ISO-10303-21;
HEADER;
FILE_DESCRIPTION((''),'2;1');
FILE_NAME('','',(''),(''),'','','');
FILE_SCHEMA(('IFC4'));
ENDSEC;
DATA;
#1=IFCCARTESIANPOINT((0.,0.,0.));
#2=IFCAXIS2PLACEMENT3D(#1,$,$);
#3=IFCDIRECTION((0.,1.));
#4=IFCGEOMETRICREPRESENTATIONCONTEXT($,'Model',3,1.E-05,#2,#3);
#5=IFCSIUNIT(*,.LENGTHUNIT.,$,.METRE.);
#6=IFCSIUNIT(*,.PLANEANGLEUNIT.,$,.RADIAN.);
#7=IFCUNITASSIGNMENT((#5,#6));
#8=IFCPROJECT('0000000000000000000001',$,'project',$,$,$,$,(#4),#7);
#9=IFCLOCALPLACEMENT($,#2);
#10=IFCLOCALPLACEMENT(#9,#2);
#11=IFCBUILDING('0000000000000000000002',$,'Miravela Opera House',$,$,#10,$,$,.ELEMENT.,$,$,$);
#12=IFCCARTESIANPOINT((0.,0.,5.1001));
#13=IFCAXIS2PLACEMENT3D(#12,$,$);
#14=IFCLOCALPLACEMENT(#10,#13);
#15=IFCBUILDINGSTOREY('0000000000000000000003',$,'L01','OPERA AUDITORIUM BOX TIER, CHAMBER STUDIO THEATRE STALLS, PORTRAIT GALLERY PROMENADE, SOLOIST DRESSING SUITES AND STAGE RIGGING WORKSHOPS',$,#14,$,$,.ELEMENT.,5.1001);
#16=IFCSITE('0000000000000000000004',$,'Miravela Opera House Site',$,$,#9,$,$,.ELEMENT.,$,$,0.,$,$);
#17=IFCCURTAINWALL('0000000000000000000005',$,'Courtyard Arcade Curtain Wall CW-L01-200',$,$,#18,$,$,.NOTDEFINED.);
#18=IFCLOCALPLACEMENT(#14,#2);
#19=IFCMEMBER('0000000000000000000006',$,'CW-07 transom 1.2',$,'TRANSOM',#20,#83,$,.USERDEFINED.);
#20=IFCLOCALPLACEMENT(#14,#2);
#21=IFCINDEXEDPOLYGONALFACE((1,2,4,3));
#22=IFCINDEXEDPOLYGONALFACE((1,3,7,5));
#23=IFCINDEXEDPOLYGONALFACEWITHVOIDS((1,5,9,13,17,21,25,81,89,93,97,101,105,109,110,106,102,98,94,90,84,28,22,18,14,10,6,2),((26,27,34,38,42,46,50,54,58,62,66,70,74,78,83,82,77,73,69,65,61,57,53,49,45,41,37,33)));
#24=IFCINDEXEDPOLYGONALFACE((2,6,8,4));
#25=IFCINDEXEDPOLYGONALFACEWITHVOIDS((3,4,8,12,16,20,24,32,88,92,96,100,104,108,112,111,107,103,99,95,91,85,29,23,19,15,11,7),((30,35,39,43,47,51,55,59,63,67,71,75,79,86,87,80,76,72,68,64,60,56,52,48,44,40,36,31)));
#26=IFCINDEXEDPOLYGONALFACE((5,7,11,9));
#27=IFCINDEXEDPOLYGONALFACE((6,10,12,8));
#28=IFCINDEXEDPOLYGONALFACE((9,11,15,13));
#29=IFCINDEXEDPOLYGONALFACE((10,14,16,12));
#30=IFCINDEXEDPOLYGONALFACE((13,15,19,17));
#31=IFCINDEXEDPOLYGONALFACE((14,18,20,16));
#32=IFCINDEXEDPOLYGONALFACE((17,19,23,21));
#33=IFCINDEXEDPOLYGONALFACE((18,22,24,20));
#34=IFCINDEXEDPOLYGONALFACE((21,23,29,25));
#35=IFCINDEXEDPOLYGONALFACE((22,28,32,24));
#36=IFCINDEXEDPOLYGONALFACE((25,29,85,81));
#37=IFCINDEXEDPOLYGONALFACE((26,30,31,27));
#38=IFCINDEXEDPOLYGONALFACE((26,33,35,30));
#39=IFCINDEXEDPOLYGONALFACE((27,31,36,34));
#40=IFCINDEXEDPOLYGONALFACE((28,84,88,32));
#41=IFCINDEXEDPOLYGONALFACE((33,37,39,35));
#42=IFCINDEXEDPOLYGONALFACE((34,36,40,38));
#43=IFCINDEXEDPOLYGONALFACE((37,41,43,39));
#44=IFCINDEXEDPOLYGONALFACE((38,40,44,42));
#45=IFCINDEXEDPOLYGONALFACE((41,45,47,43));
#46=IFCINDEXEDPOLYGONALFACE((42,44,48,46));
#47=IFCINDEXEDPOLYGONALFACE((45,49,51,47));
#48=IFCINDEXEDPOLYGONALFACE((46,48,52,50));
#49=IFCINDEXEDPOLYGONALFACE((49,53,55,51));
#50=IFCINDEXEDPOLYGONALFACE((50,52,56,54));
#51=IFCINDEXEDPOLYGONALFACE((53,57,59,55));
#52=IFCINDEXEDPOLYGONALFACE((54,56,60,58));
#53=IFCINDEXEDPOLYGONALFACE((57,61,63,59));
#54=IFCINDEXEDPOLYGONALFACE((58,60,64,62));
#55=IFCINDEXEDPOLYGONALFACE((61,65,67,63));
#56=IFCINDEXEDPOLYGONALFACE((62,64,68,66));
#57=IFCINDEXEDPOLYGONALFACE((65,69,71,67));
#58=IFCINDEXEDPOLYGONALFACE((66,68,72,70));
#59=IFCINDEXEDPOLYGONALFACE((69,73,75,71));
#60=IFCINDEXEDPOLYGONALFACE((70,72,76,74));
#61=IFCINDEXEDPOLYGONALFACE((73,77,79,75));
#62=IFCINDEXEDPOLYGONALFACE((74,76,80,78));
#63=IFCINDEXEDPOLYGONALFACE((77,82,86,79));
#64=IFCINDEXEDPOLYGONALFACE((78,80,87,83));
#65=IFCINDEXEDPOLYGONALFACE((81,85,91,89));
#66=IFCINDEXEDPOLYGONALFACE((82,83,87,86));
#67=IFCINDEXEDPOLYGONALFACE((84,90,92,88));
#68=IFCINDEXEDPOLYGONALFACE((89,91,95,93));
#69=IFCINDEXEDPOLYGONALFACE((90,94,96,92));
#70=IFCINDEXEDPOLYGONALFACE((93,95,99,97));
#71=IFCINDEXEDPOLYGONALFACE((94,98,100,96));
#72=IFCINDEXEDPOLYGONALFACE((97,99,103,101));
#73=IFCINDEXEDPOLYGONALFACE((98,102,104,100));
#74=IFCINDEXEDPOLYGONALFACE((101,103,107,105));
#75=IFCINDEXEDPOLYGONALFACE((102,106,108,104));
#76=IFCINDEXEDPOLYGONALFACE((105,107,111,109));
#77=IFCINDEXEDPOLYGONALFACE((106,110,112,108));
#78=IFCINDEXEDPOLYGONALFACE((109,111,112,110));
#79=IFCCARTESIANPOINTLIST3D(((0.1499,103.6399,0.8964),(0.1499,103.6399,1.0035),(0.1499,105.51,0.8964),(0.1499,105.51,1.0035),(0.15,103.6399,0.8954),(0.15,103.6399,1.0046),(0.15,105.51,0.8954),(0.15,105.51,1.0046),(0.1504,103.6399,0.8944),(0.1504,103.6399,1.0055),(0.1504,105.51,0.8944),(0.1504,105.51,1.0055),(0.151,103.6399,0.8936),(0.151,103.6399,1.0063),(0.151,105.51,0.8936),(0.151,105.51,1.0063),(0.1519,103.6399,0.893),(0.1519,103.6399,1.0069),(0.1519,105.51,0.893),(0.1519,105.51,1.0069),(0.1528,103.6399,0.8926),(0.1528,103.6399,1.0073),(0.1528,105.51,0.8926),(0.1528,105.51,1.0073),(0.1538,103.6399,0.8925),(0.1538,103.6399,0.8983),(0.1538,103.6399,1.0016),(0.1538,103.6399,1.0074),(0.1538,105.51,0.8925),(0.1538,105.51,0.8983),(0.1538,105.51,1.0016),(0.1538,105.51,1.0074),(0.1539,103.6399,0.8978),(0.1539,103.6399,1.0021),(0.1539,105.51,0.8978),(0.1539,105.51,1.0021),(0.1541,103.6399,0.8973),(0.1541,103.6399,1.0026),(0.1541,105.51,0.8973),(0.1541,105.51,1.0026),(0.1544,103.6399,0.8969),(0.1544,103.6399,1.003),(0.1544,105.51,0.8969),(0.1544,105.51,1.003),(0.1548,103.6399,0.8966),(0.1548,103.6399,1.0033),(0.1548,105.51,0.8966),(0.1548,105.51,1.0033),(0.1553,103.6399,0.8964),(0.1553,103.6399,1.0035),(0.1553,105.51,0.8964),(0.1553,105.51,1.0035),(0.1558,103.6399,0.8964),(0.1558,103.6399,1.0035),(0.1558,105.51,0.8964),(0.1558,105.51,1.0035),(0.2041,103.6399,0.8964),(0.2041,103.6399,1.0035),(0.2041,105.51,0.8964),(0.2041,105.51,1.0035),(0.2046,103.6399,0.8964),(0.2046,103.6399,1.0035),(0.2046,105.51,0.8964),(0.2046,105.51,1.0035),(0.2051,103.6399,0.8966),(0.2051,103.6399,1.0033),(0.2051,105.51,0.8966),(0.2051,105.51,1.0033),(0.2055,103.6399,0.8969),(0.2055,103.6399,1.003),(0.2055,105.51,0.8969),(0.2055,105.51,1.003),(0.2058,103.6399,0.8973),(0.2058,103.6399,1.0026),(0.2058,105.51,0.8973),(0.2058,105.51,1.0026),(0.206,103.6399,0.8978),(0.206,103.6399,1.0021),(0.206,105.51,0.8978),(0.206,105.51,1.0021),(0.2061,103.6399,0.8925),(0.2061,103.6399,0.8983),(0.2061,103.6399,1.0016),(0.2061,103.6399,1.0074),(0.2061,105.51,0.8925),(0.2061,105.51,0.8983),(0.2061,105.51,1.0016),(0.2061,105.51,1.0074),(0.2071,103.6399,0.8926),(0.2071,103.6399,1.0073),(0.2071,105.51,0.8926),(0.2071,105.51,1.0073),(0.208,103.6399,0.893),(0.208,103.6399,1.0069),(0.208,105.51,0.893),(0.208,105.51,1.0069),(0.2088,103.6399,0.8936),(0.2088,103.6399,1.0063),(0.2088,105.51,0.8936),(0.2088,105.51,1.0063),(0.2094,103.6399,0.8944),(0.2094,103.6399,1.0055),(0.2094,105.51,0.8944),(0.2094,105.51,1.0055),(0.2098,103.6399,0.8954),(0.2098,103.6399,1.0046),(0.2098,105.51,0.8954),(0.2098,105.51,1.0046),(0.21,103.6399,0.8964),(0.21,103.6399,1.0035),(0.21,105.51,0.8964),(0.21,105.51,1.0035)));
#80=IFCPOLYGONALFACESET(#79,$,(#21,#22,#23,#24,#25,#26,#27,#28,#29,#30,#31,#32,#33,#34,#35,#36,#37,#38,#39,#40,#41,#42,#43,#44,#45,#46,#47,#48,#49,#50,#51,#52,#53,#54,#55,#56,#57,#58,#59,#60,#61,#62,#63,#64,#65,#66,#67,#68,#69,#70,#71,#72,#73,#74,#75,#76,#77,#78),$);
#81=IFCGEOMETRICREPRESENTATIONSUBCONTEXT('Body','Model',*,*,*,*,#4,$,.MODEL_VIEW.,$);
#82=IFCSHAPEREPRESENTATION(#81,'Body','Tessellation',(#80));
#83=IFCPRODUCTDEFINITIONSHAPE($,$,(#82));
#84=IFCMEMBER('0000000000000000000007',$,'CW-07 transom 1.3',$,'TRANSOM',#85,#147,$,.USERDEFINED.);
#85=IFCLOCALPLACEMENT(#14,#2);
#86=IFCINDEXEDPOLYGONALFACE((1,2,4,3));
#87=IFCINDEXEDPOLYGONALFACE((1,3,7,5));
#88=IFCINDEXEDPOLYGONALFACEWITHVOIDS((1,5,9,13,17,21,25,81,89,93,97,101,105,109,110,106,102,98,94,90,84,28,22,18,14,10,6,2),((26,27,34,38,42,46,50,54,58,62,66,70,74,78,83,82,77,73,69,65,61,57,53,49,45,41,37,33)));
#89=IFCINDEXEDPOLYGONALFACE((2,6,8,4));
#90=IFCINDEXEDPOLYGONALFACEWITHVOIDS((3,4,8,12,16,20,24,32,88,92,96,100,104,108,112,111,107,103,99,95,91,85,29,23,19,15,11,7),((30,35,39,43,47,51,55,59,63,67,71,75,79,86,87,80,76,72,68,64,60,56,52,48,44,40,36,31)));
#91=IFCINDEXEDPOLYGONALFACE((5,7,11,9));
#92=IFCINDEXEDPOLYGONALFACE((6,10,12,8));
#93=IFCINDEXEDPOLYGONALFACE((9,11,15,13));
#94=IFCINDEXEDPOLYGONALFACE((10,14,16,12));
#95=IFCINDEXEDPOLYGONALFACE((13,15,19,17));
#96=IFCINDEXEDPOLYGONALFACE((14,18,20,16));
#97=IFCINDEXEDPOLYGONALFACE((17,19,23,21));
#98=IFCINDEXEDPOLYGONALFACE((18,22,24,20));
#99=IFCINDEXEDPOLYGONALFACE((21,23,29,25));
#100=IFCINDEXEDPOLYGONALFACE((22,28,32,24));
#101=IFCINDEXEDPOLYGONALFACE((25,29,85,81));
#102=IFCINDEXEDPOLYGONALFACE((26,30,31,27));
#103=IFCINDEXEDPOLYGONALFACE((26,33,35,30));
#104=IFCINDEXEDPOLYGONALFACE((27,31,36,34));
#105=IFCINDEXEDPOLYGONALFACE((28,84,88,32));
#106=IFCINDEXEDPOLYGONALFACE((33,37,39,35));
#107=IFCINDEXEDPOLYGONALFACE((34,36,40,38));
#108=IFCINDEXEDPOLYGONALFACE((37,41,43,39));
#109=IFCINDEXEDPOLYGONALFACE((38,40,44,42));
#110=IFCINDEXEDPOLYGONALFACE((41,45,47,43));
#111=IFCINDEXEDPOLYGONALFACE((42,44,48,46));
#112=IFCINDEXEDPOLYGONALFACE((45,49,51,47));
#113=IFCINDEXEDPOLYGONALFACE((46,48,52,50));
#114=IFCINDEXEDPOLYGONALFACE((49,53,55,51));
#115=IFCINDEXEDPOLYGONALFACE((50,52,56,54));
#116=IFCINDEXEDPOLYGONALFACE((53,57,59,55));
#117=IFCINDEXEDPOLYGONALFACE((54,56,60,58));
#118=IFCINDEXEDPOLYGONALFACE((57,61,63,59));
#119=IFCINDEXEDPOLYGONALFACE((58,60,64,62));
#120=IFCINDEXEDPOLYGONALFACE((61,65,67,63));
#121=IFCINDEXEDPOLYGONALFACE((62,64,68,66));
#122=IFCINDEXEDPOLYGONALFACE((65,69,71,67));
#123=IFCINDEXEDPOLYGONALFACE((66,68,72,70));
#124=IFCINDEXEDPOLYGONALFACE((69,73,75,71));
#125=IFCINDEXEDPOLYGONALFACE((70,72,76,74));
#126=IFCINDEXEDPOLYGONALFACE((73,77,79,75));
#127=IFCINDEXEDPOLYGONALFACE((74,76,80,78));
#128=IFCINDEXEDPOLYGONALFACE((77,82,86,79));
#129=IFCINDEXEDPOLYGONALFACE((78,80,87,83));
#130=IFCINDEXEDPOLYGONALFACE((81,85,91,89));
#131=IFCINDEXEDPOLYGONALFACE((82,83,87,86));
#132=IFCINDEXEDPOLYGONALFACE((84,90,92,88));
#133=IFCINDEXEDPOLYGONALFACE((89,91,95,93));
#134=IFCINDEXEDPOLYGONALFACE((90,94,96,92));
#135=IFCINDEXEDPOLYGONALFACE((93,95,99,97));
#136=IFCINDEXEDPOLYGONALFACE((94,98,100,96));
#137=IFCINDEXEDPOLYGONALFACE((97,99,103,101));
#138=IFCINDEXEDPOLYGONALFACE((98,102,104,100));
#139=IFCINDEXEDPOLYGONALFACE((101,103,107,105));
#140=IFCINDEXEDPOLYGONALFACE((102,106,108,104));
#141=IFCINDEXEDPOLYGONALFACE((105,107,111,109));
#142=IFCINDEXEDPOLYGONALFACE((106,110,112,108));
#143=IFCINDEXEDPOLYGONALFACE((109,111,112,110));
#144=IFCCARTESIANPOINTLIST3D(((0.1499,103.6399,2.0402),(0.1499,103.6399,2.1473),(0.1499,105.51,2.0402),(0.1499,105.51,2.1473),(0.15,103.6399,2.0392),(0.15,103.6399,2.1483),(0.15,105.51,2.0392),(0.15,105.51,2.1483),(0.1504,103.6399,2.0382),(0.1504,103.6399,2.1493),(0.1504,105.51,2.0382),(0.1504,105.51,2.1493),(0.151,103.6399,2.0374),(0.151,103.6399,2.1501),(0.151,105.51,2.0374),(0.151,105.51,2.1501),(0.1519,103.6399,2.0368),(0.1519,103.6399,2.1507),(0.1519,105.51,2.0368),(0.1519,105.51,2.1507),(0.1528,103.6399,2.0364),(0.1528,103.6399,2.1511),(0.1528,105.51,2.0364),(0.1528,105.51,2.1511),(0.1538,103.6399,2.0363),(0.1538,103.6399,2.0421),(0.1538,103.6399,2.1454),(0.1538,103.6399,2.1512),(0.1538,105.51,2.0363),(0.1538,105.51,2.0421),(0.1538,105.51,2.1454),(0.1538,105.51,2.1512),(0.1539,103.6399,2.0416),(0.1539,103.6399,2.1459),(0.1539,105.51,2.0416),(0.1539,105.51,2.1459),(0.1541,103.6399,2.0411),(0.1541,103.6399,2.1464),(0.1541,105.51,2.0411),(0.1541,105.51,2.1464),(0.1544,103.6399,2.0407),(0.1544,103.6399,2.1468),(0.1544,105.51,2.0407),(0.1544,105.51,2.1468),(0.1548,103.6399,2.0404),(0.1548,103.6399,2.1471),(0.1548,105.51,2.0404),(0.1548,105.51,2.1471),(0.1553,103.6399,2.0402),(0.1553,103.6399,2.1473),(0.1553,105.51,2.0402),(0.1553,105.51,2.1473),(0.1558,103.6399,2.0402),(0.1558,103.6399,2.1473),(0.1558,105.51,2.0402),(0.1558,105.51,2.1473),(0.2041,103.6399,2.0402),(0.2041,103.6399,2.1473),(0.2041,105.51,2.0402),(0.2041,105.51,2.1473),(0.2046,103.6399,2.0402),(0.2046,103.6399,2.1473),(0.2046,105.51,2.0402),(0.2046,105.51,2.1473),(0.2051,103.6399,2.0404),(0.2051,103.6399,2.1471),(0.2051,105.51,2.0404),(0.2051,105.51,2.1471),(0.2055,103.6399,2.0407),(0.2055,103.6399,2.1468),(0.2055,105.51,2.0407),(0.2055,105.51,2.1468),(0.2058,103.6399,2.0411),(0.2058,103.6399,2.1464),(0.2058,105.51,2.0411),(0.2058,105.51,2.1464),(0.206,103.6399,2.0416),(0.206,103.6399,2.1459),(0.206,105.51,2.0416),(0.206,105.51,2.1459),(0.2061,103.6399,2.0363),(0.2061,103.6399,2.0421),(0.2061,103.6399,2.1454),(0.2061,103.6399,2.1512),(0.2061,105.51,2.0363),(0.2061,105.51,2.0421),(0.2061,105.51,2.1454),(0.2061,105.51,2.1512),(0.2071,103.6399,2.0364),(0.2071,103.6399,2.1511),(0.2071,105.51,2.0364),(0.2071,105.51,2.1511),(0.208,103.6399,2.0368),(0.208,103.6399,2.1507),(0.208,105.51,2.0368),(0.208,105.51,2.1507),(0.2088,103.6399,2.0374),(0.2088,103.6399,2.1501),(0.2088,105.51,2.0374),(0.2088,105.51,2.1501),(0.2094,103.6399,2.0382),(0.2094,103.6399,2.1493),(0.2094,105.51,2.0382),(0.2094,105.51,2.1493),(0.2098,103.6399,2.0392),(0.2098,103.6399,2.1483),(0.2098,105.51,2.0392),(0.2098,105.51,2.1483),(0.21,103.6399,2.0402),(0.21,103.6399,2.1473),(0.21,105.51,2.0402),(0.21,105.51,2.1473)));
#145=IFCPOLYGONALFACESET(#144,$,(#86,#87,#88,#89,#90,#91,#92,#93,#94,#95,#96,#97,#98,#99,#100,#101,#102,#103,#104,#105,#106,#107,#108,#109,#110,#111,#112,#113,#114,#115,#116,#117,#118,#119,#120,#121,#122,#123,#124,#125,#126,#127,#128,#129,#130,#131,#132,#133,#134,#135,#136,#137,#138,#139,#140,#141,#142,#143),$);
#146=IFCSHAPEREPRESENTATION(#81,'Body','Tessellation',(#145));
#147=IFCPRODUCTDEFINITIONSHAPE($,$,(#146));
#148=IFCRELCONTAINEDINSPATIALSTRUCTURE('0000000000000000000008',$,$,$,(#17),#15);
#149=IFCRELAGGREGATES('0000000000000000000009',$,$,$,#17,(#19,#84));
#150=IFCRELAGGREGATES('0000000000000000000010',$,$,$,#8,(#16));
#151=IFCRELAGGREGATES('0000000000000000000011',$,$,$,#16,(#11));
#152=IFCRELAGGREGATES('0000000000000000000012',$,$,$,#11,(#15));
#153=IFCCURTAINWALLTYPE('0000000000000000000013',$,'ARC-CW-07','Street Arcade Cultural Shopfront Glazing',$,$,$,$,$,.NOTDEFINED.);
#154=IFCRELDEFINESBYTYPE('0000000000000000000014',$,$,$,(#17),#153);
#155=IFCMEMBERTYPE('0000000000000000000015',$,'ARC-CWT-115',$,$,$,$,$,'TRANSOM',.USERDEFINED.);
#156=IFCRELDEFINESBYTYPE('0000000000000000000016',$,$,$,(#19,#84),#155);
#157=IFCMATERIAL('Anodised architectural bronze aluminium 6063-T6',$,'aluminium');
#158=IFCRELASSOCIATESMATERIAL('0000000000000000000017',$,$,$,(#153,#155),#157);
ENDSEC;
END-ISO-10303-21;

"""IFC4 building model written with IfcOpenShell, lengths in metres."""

from ifc_helpers import new_model, si_unit, direction, frame, origin, origin_2d, place, context, subcontext, project, spatial, hollow_rectangle, extrude, material, material_profile, profile_set, type_object, element, aggregate, save


model = new_model("IFC4")

# Units and contexts
model_context = context("Model", 3, precision=1e-05, world=origin(), true_north=direction((0.0, 1.0)))
body_context = subcontext(model_context, "Body", "Model", "MODEL_VIEW")
ifc_project = project(units=[si_unit("LENGTHUNIT", "METRE"), si_unit("PLANEANGLEUNIT", "RADIAN")], contexts=[model_context])

# Site, building, storey
site_placement = place(None, origin())
site = spatial("IfcSite", under=ifc_project, at=site_placement, Name="Miravela Opera House Site", CompositionType="ELEMENT", RefElevation=0.0)
building_placement = place(site_placement, origin())
building = spatial("IfcBuilding", under=site, at=building_placement, Name="Miravela Opera House", CompositionType="ELEMENT")
storey_placement = place(building_placement, frame((0.0, 0.0, 5.1001)))
storey = spatial("IfcBuildingStorey", under=building, at=storey_placement, Name="L01", Description="OPERA AUDITORIUM BOX TIER, CHAMBER STUDIO THEATRE STALLS, PORTRAIT GALLERY PROMENADE, SOLOIST DRESSING SUITES AND STAGE RIGGING WORKSHOPS", CompositionType="ELEMENT", Elevation=5.1001)

# Shared definitions
ifc_material_1 = material(Name="Anodised architectural bronze aluminium 6063-T6", Category="aluminium")
curtain_wall_type = type_object("IfcCurtainWallType", Name="ARC-CW-07", Description="Street Arcade Cultural Shopfront Glazing", PredefinedType="NOTDEFINED", material=ifc_material_1)

# Curtain wall, members
curtain_wall_1_placement = place(storey_placement, origin())
curtain_wall_1 = element("IfcCurtainWall", 1, at=curtain_wall_1_placement, inside=storey, type_object=curtain_wall_type, Name="Courtyard Arcade Curtain Wall CW-L01-200", PredefinedType="NOTDEFINED")
ifc_material_profile_1 = material_profile(ifc_material_1, hollow_rectangle(XDim=0.0601, YDim=0.115, WallThickness=0.0039, InnerFilletRadius=0.002, OuterFilletRadius=0.0039, at=origin_2d()), Name="CWT-60X115")
ifc_profile_set_1 = profile_set([ifc_material_profile_1])
member_type_1 = type_object("IfcMemberType", Name="ARC-CWT-115", ElementType="TRANSOM", PredefinedType="USERDEFINED", material=ifc_profile_set_1)
member_1_placement = place(storey_placement, frame((0.1799, 103.6399, 0.95), z_axis=(0.0, 1.0, 0.0), x_axis=(-1.0, 0.0, 0.0)))
member_1 = element("IfcMember", 2, at=member_1_placement, type_object=member_type_1, Name="CW-07 transom 1.2", ObjectType="TRANSOM", PredefinedType="USERDEFINED", context=body_context, shape_type="SweptSolid", body=[
    extrude(hollow_rectangle(XDim=0.0601, YDim=0.115, WallThickness=0.0039, InnerFilletRadius=0.002, OuterFilletRadius=0.0039, at=origin_2d()), origin(), (0.0, 0.0, 1.0), 1.8701),
])
member_2_placement = place(storey_placement, frame((0.1799, 103.6399, 2.0938), z_axis=(0.0, 1.0, 0.0), x_axis=(-1.0, 0.0, 0.0)))
member_2 = element("IfcMember", 3, at=member_2_placement, type_object=member_type_1, Name="CW-07 transom 1.3", ObjectType="TRANSOM", PredefinedType="USERDEFINED", context=body_context, shape_type="SweptSolid", body=[
    extrude(hollow_rectangle(XDim=0.0601, YDim=0.115, WallThickness=0.0039, InnerFilletRadius=0.002, OuterFilletRadius=0.0039, at=origin_2d()), origin(), (0.0, 0.0, 1.0), 1.8701),
])

aggregate(curtain_wall_1, [member_1, member_2])

save(model, "model.ifc")
